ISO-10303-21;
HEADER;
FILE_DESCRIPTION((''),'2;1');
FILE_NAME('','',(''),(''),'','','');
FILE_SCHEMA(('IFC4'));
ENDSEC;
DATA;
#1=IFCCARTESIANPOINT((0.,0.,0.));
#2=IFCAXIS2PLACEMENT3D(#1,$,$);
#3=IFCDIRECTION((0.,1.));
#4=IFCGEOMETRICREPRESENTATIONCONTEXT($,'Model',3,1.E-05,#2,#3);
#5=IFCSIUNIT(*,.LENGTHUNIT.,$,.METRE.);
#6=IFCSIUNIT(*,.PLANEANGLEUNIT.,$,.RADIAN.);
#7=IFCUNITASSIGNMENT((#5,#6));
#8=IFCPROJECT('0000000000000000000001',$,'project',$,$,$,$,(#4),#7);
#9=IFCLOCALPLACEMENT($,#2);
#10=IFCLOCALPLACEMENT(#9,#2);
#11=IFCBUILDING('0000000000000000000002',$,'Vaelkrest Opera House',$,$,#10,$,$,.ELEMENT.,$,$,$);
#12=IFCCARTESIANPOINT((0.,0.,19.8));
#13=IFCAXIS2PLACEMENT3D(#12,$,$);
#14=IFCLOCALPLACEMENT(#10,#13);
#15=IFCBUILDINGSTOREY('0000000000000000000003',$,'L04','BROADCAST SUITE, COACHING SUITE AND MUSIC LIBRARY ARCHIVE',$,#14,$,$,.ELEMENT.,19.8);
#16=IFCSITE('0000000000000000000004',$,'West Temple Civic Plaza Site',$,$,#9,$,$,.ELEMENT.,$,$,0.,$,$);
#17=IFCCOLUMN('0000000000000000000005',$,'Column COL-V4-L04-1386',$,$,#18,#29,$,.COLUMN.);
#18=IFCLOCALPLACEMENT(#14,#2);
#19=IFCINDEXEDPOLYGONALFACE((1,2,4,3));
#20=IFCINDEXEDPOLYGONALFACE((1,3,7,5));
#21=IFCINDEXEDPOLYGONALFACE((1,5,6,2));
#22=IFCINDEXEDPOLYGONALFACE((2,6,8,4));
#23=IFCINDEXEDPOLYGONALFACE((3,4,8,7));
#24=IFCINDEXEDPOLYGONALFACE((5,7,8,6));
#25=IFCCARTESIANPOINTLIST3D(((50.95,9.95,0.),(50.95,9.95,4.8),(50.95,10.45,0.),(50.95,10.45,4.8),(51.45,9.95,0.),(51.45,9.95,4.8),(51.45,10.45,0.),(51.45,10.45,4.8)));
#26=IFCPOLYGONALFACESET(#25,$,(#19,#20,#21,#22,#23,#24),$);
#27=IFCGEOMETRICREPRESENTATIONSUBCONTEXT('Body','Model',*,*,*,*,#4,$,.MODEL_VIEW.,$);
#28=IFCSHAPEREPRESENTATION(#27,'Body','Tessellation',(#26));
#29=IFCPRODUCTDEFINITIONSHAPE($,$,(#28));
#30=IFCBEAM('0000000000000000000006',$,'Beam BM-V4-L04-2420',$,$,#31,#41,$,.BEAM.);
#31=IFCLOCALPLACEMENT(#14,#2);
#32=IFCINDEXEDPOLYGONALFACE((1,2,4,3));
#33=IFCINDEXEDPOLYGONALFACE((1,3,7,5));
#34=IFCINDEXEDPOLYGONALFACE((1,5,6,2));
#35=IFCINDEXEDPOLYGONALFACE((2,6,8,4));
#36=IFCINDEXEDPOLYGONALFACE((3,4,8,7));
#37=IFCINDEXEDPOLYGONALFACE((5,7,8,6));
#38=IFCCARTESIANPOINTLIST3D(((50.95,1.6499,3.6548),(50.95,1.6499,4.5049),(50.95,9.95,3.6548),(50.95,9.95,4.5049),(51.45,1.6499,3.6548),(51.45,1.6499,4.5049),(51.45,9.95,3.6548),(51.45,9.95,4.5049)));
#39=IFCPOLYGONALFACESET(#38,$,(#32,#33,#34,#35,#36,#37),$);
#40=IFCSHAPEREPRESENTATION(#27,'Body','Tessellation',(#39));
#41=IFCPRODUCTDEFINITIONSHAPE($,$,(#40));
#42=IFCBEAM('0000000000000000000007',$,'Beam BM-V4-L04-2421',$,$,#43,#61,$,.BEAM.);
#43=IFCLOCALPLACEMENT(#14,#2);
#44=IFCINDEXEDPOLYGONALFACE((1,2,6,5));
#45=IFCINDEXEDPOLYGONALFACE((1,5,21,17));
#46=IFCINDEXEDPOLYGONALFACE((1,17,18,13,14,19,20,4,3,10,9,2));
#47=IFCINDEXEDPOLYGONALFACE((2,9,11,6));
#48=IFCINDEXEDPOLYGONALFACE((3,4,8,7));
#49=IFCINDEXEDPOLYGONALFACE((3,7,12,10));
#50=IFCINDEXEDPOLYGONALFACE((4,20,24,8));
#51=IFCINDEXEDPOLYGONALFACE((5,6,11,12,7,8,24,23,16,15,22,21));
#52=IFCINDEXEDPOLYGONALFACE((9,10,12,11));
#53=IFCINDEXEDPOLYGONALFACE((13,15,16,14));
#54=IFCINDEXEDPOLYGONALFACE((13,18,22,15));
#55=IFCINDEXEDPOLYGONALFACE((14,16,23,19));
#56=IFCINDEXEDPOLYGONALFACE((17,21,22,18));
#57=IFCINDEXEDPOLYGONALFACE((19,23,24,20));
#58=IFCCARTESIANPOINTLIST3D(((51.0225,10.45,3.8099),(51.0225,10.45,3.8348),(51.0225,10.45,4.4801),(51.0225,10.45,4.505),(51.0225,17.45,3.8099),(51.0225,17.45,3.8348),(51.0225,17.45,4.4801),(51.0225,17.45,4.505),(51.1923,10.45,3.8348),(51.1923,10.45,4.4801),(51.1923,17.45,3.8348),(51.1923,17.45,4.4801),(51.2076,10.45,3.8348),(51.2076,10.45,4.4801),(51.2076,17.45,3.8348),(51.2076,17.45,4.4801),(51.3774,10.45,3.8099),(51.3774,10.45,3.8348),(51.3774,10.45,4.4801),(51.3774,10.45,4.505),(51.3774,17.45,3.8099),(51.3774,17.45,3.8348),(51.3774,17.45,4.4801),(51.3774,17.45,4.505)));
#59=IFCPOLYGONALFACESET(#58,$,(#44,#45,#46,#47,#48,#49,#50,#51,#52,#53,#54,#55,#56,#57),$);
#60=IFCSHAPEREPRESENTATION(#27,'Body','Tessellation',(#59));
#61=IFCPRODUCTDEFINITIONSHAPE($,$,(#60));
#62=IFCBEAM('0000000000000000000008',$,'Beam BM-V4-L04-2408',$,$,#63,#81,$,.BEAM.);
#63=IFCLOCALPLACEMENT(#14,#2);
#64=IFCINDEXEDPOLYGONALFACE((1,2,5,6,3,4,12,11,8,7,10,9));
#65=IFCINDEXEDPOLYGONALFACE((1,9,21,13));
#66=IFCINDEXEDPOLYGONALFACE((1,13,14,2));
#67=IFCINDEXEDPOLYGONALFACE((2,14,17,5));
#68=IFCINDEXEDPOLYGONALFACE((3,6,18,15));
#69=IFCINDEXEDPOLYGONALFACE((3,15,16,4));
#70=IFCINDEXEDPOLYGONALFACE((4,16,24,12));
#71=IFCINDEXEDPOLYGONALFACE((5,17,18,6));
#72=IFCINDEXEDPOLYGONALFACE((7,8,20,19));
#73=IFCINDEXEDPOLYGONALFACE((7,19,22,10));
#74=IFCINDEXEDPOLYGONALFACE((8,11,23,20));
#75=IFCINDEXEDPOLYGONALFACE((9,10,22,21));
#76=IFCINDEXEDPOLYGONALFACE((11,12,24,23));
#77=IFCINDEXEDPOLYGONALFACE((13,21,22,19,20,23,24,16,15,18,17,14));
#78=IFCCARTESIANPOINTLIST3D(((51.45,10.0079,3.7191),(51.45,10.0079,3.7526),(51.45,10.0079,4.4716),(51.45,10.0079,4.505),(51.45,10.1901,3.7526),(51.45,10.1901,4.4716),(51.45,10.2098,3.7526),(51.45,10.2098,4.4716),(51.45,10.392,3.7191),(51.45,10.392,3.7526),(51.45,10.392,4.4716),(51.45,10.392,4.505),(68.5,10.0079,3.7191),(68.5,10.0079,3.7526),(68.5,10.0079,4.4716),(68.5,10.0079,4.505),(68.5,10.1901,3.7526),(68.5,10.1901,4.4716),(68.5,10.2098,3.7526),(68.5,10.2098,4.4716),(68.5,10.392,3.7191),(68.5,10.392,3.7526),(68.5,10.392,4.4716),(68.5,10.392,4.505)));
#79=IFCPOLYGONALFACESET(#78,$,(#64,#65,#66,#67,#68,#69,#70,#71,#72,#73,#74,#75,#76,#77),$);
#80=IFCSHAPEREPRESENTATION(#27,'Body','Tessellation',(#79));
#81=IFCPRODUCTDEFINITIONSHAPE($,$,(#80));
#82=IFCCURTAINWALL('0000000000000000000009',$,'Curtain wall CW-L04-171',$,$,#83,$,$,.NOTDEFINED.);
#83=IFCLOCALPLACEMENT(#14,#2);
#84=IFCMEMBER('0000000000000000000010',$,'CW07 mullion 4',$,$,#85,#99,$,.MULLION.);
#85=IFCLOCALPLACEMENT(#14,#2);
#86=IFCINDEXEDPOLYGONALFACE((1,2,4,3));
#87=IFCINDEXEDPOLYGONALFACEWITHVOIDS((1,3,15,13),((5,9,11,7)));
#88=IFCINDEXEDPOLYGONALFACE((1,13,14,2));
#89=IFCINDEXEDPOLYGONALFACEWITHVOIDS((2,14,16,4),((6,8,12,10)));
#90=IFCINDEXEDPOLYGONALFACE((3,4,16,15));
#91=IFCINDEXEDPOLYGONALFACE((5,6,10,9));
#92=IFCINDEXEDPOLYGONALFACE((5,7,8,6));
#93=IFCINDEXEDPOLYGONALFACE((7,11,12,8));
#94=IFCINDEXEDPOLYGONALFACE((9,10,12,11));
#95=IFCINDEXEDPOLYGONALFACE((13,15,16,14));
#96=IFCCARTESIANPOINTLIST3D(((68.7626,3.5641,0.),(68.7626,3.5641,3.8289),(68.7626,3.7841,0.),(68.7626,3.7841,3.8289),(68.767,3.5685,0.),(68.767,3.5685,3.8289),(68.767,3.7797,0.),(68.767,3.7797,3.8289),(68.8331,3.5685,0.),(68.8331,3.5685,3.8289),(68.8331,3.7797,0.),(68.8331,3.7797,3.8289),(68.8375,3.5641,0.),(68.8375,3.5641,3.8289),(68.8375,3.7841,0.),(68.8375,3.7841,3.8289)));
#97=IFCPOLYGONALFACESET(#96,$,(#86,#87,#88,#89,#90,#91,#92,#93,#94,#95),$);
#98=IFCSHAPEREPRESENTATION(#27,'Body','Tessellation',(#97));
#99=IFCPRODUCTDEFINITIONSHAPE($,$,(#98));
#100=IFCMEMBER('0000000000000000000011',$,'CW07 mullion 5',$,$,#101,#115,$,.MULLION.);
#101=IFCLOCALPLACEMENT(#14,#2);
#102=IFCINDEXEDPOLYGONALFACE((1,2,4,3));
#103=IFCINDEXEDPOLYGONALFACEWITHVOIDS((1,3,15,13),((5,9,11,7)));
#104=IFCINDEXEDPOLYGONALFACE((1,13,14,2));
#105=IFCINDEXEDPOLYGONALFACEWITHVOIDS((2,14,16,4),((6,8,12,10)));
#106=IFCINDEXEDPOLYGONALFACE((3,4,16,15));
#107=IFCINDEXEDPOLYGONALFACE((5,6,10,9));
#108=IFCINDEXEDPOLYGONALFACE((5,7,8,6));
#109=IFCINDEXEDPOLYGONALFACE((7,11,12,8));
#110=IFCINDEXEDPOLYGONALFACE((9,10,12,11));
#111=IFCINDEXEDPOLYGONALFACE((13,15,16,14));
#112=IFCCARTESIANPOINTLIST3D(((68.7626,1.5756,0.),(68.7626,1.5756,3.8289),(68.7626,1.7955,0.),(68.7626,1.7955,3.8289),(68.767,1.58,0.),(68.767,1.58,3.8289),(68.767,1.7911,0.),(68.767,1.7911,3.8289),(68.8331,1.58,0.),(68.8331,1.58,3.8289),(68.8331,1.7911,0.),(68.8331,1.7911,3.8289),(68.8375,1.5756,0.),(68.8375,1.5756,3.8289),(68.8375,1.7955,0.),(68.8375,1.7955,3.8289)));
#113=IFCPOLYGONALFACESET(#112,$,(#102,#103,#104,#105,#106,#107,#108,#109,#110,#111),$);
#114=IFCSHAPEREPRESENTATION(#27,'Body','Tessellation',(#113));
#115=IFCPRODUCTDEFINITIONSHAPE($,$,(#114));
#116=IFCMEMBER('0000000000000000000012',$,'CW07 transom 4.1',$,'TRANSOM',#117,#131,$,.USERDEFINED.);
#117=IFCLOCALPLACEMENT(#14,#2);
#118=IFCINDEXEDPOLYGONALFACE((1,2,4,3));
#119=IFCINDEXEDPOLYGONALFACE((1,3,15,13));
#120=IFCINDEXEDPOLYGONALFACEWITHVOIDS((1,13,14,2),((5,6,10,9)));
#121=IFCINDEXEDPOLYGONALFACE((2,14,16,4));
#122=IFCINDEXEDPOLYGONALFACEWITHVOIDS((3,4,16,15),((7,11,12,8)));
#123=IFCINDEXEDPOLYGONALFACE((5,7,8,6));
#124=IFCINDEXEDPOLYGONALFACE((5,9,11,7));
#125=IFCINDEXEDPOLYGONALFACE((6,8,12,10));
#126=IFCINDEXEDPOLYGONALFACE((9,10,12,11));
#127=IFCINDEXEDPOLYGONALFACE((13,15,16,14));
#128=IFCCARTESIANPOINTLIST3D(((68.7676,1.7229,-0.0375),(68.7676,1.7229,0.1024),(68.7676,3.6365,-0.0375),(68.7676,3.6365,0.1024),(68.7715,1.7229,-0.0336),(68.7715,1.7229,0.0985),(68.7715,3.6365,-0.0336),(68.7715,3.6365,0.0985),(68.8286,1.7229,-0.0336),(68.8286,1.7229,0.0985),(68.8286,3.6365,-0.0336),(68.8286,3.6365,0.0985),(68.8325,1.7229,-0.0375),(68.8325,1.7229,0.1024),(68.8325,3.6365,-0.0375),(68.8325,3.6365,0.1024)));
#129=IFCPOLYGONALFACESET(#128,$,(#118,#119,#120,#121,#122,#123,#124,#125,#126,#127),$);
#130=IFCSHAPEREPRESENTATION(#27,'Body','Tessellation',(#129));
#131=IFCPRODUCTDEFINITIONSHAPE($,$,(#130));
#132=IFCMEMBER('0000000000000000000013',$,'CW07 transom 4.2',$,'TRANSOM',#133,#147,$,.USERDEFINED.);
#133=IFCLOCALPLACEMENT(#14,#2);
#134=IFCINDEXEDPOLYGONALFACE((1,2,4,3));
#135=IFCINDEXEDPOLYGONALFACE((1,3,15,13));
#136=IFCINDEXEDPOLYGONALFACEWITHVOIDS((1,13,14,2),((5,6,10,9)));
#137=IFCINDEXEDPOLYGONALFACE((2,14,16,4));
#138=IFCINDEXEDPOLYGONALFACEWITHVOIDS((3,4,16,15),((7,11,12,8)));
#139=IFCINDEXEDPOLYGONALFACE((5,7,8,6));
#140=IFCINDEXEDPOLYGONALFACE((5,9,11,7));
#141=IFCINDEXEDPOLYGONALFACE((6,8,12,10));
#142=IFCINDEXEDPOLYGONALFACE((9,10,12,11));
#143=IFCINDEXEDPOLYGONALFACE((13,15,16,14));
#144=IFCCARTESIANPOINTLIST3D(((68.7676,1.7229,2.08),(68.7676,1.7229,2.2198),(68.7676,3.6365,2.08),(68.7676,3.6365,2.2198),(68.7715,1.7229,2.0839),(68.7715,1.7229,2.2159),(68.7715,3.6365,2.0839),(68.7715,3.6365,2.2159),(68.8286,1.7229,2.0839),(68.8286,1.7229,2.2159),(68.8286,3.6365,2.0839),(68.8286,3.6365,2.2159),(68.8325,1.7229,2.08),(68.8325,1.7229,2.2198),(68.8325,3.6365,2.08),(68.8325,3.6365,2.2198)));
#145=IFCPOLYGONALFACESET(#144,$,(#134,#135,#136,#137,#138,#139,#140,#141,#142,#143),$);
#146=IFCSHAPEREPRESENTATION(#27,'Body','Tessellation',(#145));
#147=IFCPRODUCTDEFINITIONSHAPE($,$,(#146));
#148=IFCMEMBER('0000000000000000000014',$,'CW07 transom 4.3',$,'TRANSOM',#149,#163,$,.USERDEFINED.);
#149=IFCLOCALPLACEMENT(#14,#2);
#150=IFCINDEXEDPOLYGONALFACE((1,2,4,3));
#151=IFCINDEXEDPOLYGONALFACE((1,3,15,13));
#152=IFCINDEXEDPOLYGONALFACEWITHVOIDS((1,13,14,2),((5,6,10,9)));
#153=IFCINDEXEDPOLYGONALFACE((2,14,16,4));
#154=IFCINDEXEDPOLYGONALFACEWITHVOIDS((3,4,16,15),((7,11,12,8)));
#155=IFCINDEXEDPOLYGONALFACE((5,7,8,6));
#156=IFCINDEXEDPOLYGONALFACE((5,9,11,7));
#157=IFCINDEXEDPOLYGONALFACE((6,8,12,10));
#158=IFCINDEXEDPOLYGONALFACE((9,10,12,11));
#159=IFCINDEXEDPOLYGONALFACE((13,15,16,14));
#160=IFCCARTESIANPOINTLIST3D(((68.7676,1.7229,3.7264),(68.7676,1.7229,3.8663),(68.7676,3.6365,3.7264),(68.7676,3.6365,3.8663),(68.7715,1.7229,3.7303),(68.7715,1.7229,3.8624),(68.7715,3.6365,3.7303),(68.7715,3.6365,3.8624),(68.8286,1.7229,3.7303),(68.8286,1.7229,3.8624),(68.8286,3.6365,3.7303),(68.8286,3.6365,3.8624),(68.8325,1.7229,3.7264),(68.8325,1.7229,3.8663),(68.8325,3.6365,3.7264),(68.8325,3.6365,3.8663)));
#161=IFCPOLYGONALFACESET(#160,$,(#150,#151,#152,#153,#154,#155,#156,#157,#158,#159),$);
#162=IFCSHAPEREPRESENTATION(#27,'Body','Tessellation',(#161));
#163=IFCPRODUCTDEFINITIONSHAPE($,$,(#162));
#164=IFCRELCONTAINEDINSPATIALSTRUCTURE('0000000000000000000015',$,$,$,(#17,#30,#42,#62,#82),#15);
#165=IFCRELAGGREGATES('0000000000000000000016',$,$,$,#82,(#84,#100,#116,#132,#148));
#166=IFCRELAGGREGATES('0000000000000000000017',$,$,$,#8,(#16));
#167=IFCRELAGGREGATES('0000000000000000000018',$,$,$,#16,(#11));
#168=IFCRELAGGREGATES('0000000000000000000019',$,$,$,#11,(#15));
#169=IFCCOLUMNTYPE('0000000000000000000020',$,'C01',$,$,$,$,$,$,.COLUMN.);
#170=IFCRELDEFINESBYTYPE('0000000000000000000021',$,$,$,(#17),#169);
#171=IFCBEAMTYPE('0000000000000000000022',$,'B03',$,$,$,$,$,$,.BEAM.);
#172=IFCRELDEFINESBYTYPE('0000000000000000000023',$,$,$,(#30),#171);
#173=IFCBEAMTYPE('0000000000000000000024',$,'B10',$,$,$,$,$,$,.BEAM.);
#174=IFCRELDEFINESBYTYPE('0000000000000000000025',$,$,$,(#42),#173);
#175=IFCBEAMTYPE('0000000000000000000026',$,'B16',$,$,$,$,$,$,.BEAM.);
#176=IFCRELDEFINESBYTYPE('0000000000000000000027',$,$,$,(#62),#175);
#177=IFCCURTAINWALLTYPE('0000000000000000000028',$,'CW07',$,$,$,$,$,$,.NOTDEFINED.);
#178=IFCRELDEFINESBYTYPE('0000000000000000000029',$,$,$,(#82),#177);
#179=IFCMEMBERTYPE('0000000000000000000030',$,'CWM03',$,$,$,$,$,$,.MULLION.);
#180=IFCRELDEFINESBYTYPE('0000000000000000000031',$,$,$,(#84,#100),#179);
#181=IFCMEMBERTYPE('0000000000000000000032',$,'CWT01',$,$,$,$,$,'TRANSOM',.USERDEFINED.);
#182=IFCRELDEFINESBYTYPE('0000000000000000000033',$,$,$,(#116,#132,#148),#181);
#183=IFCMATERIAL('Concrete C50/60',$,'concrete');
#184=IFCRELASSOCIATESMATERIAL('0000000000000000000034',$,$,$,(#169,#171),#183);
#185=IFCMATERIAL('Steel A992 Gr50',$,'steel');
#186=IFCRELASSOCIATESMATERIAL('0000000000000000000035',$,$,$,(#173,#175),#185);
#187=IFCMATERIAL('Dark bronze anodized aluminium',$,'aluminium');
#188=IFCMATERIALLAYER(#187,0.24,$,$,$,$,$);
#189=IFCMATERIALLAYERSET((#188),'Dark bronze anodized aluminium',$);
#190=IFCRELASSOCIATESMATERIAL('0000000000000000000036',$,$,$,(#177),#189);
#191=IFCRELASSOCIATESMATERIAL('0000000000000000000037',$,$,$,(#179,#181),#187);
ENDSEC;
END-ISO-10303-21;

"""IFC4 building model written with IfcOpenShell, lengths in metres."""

from ifc_helpers import new_model, si_unit, direction, frame, origin, origin_2d, place, context, subcontext, project, spatial, rectangle, hollow_rectangle, i_section, extrude, material, layer, layer_set, material_profile, profile_set, type_object, element, aggregate, save


model = new_model("IFC4")

# Units and contexts
model_context = context("Model", 3, precision=1e-05, world=origin(), true_north=direction((0.0, 1.0)))
body_context = subcontext(model_context, "Body", "Model", "MODEL_VIEW")
ifc_project = project(units=[si_unit("LENGTHUNIT", "METRE"), si_unit("PLANEANGLEUNIT", "RADIAN")], contexts=[model_context])

# Site, building, storey
site_placement = place(None, origin())
site = spatial("IfcSite", under=ifc_project, at=site_placement, Name="West Temple Civic Plaza Site", CompositionType="ELEMENT", RefElevation=0.0)
building_placement = place(site_placement, origin())
building = spatial("IfcBuilding", under=site, at=building_placement, Name="Vaelkrest Opera House", CompositionType="ELEMENT")
storey_placement = place(building_placement, frame((0.0, 0.0, 19.8)))
storey = spatial("IfcBuildingStorey", under=building, at=storey_placement, Name="L04", Description="BROADCAST SUITE, COACHING SUITE AND MUSIC LIBRARY ARCHIVE", CompositionType="ELEMENT", Elevation=19.8)

# Column
ifc_material_1 = material(Name="Concrete C50/60", Category="concrete")
ifc_material_profile_1 = material_profile(ifc_material_1, rectangle(XDim=0.5, YDim=0.5, at=origin_2d()), Name="RC500X500")
ifc_profile_set_1 = profile_set([ifc_material_profile_1], Name="Concrete C50/60")
column_type = type_object("IfcColumnType", Name="C01", PredefinedType="COLUMN", material=ifc_profile_set_1)
column_placement = place(storey_placement, frame((51.2, 10.2, 0.0), z_axis=(0.0, 0.0, 1.0), x_axis=(1.0, 0.0, 0.0)))
element("IfcColumn", 1, at=column_placement, inside=storey, type_object=column_type, Name="Column COL-V4-L04-1386", PredefinedType="COLUMN", context=body_context, shape_type="SweptSolid", body=[
    extrude(rectangle(XDim=0.5, YDim=0.5, at=origin_2d()), origin(), (0.0, 0.0, 1.0), 4.8),
])

# Beams
ifc_material_profile_2 = material_profile(ifc_material_1, rectangle(XDim=0.5, YDim=0.8501, at=origin_2d()), Name="RCB500X850")
ifc_profile_set_2 = profile_set([ifc_material_profile_2], Name="Concrete C50/60")
beam_type_1 = type_object("IfcBeamType", Name="B03", PredefinedType="BEAM", material=ifc_profile_set_2)
beam_1_placement = place(storey_placement, frame((51.2, 1.6499, 4.0798), z_axis=(0.0, 1.0, 0.0), x_axis=(-1.0, 0.0, 0.0)))
element("IfcBeam", 2, at=beam_1_placement, inside=storey, type_object=beam_type_1, Name="Beam BM-V4-L04-2420", PredefinedType="BEAM", context=body_context, shape_type="SweptSolid", body=[
    extrude(rectangle(XDim=0.5, YDim=0.8501, at=origin_2d()), origin(), (0.0, 0.0, 1.0), 8.3),
])
ifc_material_2 = material(Name="Steel A992 Gr50", Category="steel")
ifc_material_profile_3 = material_profile(ifc_material_2, i_section(OverallWidth=0.355, OverallDepth=0.6951, WebThickness=0.0154, FlangeThickness=0.0249, at=origin_2d()), Name="W27X146")
ifc_profile_set_3 = profile_set([ifc_material_profile_3], Name="Steel A992 Gr50")
beam_type_2 = type_object("IfcBeamType", Name="B10", PredefinedType="BEAM", material=ifc_profile_set_3)
beam_2_placement = place(storey_placement, frame((51.2, 10.45, 4.1575), z_axis=(0.0, 1.0, 0.0), x_axis=(-1.0, 0.0, 0.0)))
element("IfcBeam", 3, at=beam_2_placement, inside=storey, type_object=beam_type_2, Name="Beam BM-V4-L04-2421", PredefinedType="BEAM", context=body_context, shape_type="SweptSolid", body=[
    extrude(i_section(OverallWidth=0.355, OverallDepth=0.6951, WebThickness=0.0154, FlangeThickness=0.0249, at=origin_2d()), origin(), (0.0, 0.0, 1.0), 7.0),
])
ifc_material_profile_4 = material_profile(ifc_material_2, i_section(OverallWidth=0.384, OverallDepth=0.7859, WebThickness=0.0198, FlangeThickness=0.0334, at=origin_2d()), Name="W30X211")
ifc_profile_set_4 = profile_set([ifc_material_profile_4], Name="Steel A992 Gr50")
beam_type_3 = type_object("IfcBeamType", Name="B16", PredefinedType="BEAM", material=ifc_profile_set_4)
beam_3_placement = place(storey_placement, frame((51.45, 10.2, 4.1121), z_axis=(1.0, 0.0, 0.0), x_axis=(0.0, 1.0, 0.0)))
element("IfcBeam", 4, at=beam_3_placement, inside=storey, type_object=beam_type_3, Name="Beam BM-V4-L04-2408", PredefinedType="BEAM", context=body_context, shape_type="SweptSolid", body=[
    extrude(i_section(OverallWidth=0.384, OverallDepth=0.7859, WebThickness=0.0198, FlangeThickness=0.0334, at=origin_2d()), origin(), (0.0, 0.0, 1.0), 17.05),
])

# Curtain wall, members
ifc_material_3 = material(Name="Dark bronze anodized aluminium", Category="aluminium")
ifc_layer_1 = layer(ifc_material_3, 0.24)
ifc_layer_set_1 = layer_set([ifc_layer_1], Name="Dark bronze anodized aluminium")
curtain_wall_type = type_object("IfcCurtainWallType", Name="CW07", PredefinedType="NOTDEFINED", material=ifc_layer_set_1)
curtain_wall_placement = place(storey_placement, origin())
curtain_wall = element("IfcCurtainWall", 5, at=curtain_wall_placement, inside=storey, type_object=curtain_wall_type, Name="Curtain wall CW-L04-171", PredefinedType="NOTDEFINED")
ifc_material_profile_5 = material_profile(ifc_material_3, hollow_rectangle(XDim=0.075, YDim=0.22, WallThickness=0.0044, at=origin_2d()), Name="CWM75X220")
ifc_profile_set_5 = profile_set([ifc_material_profile_5], Name="Dark bronze anodized aluminium")
member_type_1 = type_object("IfcMemberType", Name="CWM03", PredefinedType="MULLION", material=ifc_profile_set_5)
member_1_placement = place(storey_placement, frame((68.8, 3.6741, 0.0), z_axis=(0.0, 0.0, 1.0), x_axis=(1.0, 0.0, 0.0)))
member_1 = element("IfcMember", 6, at=member_1_placement, type_object=member_type_1, Name="CW07 mullion 4", PredefinedType="MULLION", context=body_context, shape_type="SweptSolid", body=[
    extrude(hollow_rectangle(XDim=0.075, YDim=0.22, WallThickness=0.0044, at=origin_2d()), origin(), (0.0, 0.0, 1.0), 3.8289),
])
member_2_placement = place(storey_placement, frame((68.8, 1.6855, 0.0), z_axis=(0.0, 0.0, 1.0), x_axis=(1.0, 0.0, 0.0)))
member_2 = element("IfcMember", 7, at=member_2_placement, type_object=member_type_1, Name="CW07 mullion 5", PredefinedType="MULLION", context=body_context, shape_type="SweptSolid", body=[
    extrude(hollow_rectangle(XDim=0.075, YDim=0.22, WallThickness=0.0044, at=origin_2d()), origin(), (0.0, 0.0, 1.0), 3.8289),
])
ifc_material_profile_6 = material_profile(ifc_material_3, hollow_rectangle(XDim=0.0649, YDim=0.1399, WallThickness=0.0039, at=origin_2d()), Name="CWT65X140")
ifc_profile_set_6 = profile_set([ifc_material_profile_6], Name="Dark bronze anodized aluminium")
member_type_2 = type_object("IfcMemberType", Name="CWT01", ElementType="TRANSOM", PredefinedType="USERDEFINED", material=ifc_profile_set_6)
member_3_placement = place(storey_placement, frame((68.8, 3.6365, 0.0325), z_axis=(0.0, -1.0, 0.0), x_axis=(1.0, 0.0, 0.0)))
member_3 = element("IfcMember", 8, at=member_3_placement, type_object=member_type_2, Name="CW07 transom 4.1", ObjectType="TRANSOM", PredefinedType="USERDEFINED", context=body_context, shape_type="SweptSolid", body=[
    extrude(hollow_rectangle(XDim=0.0649, YDim=0.1399, WallThickness=0.0039, at=origin_2d()), origin(), (0.0, 0.0, 1.0), 1.9136),
])
member_4_placement = place(storey_placement, frame((68.8, 3.6365, 2.1499), z_axis=(0.0, -1.0, 0.0), x_axis=(1.0, 0.0, 0.0)))
member_4 = element("IfcMember", 9, at=member_4_placement, type_object=member_type_2, Name="CW07 transom 4.2", ObjectType="TRANSOM", PredefinedType="USERDEFINED", context=body_context, shape_type="SweptSolid", body=[
    extrude(hollow_rectangle(XDim=0.0649, YDim=0.1399, WallThickness=0.0039, at=origin_2d()), origin(), (0.0, 0.0, 1.0), 1.9136),
])
member_5_placement = place(storey_placement, frame((68.8, 3.6365, 3.7964), z_axis=(0.0, -1.0, 0.0), x_axis=(1.0, 0.0, 0.0)))
member_5 = element("IfcMember", 10, at=member_5_placement, type_object=member_type_2, Name="CW07 transom 4.3", ObjectType="TRANSOM", PredefinedType="USERDEFINED", context=body_context, shape_type="SweptSolid", body=[
    extrude(hollow_rectangle(XDim=0.0649, YDim=0.1399, WallThickness=0.0039, at=origin_2d()), origin(), (0.0, 0.0, 1.0), 1.9136),
])

aggregate(curtain_wall, [member_1, member_2, member_3, member_4, member_5])

save(model, "model.ifc")
